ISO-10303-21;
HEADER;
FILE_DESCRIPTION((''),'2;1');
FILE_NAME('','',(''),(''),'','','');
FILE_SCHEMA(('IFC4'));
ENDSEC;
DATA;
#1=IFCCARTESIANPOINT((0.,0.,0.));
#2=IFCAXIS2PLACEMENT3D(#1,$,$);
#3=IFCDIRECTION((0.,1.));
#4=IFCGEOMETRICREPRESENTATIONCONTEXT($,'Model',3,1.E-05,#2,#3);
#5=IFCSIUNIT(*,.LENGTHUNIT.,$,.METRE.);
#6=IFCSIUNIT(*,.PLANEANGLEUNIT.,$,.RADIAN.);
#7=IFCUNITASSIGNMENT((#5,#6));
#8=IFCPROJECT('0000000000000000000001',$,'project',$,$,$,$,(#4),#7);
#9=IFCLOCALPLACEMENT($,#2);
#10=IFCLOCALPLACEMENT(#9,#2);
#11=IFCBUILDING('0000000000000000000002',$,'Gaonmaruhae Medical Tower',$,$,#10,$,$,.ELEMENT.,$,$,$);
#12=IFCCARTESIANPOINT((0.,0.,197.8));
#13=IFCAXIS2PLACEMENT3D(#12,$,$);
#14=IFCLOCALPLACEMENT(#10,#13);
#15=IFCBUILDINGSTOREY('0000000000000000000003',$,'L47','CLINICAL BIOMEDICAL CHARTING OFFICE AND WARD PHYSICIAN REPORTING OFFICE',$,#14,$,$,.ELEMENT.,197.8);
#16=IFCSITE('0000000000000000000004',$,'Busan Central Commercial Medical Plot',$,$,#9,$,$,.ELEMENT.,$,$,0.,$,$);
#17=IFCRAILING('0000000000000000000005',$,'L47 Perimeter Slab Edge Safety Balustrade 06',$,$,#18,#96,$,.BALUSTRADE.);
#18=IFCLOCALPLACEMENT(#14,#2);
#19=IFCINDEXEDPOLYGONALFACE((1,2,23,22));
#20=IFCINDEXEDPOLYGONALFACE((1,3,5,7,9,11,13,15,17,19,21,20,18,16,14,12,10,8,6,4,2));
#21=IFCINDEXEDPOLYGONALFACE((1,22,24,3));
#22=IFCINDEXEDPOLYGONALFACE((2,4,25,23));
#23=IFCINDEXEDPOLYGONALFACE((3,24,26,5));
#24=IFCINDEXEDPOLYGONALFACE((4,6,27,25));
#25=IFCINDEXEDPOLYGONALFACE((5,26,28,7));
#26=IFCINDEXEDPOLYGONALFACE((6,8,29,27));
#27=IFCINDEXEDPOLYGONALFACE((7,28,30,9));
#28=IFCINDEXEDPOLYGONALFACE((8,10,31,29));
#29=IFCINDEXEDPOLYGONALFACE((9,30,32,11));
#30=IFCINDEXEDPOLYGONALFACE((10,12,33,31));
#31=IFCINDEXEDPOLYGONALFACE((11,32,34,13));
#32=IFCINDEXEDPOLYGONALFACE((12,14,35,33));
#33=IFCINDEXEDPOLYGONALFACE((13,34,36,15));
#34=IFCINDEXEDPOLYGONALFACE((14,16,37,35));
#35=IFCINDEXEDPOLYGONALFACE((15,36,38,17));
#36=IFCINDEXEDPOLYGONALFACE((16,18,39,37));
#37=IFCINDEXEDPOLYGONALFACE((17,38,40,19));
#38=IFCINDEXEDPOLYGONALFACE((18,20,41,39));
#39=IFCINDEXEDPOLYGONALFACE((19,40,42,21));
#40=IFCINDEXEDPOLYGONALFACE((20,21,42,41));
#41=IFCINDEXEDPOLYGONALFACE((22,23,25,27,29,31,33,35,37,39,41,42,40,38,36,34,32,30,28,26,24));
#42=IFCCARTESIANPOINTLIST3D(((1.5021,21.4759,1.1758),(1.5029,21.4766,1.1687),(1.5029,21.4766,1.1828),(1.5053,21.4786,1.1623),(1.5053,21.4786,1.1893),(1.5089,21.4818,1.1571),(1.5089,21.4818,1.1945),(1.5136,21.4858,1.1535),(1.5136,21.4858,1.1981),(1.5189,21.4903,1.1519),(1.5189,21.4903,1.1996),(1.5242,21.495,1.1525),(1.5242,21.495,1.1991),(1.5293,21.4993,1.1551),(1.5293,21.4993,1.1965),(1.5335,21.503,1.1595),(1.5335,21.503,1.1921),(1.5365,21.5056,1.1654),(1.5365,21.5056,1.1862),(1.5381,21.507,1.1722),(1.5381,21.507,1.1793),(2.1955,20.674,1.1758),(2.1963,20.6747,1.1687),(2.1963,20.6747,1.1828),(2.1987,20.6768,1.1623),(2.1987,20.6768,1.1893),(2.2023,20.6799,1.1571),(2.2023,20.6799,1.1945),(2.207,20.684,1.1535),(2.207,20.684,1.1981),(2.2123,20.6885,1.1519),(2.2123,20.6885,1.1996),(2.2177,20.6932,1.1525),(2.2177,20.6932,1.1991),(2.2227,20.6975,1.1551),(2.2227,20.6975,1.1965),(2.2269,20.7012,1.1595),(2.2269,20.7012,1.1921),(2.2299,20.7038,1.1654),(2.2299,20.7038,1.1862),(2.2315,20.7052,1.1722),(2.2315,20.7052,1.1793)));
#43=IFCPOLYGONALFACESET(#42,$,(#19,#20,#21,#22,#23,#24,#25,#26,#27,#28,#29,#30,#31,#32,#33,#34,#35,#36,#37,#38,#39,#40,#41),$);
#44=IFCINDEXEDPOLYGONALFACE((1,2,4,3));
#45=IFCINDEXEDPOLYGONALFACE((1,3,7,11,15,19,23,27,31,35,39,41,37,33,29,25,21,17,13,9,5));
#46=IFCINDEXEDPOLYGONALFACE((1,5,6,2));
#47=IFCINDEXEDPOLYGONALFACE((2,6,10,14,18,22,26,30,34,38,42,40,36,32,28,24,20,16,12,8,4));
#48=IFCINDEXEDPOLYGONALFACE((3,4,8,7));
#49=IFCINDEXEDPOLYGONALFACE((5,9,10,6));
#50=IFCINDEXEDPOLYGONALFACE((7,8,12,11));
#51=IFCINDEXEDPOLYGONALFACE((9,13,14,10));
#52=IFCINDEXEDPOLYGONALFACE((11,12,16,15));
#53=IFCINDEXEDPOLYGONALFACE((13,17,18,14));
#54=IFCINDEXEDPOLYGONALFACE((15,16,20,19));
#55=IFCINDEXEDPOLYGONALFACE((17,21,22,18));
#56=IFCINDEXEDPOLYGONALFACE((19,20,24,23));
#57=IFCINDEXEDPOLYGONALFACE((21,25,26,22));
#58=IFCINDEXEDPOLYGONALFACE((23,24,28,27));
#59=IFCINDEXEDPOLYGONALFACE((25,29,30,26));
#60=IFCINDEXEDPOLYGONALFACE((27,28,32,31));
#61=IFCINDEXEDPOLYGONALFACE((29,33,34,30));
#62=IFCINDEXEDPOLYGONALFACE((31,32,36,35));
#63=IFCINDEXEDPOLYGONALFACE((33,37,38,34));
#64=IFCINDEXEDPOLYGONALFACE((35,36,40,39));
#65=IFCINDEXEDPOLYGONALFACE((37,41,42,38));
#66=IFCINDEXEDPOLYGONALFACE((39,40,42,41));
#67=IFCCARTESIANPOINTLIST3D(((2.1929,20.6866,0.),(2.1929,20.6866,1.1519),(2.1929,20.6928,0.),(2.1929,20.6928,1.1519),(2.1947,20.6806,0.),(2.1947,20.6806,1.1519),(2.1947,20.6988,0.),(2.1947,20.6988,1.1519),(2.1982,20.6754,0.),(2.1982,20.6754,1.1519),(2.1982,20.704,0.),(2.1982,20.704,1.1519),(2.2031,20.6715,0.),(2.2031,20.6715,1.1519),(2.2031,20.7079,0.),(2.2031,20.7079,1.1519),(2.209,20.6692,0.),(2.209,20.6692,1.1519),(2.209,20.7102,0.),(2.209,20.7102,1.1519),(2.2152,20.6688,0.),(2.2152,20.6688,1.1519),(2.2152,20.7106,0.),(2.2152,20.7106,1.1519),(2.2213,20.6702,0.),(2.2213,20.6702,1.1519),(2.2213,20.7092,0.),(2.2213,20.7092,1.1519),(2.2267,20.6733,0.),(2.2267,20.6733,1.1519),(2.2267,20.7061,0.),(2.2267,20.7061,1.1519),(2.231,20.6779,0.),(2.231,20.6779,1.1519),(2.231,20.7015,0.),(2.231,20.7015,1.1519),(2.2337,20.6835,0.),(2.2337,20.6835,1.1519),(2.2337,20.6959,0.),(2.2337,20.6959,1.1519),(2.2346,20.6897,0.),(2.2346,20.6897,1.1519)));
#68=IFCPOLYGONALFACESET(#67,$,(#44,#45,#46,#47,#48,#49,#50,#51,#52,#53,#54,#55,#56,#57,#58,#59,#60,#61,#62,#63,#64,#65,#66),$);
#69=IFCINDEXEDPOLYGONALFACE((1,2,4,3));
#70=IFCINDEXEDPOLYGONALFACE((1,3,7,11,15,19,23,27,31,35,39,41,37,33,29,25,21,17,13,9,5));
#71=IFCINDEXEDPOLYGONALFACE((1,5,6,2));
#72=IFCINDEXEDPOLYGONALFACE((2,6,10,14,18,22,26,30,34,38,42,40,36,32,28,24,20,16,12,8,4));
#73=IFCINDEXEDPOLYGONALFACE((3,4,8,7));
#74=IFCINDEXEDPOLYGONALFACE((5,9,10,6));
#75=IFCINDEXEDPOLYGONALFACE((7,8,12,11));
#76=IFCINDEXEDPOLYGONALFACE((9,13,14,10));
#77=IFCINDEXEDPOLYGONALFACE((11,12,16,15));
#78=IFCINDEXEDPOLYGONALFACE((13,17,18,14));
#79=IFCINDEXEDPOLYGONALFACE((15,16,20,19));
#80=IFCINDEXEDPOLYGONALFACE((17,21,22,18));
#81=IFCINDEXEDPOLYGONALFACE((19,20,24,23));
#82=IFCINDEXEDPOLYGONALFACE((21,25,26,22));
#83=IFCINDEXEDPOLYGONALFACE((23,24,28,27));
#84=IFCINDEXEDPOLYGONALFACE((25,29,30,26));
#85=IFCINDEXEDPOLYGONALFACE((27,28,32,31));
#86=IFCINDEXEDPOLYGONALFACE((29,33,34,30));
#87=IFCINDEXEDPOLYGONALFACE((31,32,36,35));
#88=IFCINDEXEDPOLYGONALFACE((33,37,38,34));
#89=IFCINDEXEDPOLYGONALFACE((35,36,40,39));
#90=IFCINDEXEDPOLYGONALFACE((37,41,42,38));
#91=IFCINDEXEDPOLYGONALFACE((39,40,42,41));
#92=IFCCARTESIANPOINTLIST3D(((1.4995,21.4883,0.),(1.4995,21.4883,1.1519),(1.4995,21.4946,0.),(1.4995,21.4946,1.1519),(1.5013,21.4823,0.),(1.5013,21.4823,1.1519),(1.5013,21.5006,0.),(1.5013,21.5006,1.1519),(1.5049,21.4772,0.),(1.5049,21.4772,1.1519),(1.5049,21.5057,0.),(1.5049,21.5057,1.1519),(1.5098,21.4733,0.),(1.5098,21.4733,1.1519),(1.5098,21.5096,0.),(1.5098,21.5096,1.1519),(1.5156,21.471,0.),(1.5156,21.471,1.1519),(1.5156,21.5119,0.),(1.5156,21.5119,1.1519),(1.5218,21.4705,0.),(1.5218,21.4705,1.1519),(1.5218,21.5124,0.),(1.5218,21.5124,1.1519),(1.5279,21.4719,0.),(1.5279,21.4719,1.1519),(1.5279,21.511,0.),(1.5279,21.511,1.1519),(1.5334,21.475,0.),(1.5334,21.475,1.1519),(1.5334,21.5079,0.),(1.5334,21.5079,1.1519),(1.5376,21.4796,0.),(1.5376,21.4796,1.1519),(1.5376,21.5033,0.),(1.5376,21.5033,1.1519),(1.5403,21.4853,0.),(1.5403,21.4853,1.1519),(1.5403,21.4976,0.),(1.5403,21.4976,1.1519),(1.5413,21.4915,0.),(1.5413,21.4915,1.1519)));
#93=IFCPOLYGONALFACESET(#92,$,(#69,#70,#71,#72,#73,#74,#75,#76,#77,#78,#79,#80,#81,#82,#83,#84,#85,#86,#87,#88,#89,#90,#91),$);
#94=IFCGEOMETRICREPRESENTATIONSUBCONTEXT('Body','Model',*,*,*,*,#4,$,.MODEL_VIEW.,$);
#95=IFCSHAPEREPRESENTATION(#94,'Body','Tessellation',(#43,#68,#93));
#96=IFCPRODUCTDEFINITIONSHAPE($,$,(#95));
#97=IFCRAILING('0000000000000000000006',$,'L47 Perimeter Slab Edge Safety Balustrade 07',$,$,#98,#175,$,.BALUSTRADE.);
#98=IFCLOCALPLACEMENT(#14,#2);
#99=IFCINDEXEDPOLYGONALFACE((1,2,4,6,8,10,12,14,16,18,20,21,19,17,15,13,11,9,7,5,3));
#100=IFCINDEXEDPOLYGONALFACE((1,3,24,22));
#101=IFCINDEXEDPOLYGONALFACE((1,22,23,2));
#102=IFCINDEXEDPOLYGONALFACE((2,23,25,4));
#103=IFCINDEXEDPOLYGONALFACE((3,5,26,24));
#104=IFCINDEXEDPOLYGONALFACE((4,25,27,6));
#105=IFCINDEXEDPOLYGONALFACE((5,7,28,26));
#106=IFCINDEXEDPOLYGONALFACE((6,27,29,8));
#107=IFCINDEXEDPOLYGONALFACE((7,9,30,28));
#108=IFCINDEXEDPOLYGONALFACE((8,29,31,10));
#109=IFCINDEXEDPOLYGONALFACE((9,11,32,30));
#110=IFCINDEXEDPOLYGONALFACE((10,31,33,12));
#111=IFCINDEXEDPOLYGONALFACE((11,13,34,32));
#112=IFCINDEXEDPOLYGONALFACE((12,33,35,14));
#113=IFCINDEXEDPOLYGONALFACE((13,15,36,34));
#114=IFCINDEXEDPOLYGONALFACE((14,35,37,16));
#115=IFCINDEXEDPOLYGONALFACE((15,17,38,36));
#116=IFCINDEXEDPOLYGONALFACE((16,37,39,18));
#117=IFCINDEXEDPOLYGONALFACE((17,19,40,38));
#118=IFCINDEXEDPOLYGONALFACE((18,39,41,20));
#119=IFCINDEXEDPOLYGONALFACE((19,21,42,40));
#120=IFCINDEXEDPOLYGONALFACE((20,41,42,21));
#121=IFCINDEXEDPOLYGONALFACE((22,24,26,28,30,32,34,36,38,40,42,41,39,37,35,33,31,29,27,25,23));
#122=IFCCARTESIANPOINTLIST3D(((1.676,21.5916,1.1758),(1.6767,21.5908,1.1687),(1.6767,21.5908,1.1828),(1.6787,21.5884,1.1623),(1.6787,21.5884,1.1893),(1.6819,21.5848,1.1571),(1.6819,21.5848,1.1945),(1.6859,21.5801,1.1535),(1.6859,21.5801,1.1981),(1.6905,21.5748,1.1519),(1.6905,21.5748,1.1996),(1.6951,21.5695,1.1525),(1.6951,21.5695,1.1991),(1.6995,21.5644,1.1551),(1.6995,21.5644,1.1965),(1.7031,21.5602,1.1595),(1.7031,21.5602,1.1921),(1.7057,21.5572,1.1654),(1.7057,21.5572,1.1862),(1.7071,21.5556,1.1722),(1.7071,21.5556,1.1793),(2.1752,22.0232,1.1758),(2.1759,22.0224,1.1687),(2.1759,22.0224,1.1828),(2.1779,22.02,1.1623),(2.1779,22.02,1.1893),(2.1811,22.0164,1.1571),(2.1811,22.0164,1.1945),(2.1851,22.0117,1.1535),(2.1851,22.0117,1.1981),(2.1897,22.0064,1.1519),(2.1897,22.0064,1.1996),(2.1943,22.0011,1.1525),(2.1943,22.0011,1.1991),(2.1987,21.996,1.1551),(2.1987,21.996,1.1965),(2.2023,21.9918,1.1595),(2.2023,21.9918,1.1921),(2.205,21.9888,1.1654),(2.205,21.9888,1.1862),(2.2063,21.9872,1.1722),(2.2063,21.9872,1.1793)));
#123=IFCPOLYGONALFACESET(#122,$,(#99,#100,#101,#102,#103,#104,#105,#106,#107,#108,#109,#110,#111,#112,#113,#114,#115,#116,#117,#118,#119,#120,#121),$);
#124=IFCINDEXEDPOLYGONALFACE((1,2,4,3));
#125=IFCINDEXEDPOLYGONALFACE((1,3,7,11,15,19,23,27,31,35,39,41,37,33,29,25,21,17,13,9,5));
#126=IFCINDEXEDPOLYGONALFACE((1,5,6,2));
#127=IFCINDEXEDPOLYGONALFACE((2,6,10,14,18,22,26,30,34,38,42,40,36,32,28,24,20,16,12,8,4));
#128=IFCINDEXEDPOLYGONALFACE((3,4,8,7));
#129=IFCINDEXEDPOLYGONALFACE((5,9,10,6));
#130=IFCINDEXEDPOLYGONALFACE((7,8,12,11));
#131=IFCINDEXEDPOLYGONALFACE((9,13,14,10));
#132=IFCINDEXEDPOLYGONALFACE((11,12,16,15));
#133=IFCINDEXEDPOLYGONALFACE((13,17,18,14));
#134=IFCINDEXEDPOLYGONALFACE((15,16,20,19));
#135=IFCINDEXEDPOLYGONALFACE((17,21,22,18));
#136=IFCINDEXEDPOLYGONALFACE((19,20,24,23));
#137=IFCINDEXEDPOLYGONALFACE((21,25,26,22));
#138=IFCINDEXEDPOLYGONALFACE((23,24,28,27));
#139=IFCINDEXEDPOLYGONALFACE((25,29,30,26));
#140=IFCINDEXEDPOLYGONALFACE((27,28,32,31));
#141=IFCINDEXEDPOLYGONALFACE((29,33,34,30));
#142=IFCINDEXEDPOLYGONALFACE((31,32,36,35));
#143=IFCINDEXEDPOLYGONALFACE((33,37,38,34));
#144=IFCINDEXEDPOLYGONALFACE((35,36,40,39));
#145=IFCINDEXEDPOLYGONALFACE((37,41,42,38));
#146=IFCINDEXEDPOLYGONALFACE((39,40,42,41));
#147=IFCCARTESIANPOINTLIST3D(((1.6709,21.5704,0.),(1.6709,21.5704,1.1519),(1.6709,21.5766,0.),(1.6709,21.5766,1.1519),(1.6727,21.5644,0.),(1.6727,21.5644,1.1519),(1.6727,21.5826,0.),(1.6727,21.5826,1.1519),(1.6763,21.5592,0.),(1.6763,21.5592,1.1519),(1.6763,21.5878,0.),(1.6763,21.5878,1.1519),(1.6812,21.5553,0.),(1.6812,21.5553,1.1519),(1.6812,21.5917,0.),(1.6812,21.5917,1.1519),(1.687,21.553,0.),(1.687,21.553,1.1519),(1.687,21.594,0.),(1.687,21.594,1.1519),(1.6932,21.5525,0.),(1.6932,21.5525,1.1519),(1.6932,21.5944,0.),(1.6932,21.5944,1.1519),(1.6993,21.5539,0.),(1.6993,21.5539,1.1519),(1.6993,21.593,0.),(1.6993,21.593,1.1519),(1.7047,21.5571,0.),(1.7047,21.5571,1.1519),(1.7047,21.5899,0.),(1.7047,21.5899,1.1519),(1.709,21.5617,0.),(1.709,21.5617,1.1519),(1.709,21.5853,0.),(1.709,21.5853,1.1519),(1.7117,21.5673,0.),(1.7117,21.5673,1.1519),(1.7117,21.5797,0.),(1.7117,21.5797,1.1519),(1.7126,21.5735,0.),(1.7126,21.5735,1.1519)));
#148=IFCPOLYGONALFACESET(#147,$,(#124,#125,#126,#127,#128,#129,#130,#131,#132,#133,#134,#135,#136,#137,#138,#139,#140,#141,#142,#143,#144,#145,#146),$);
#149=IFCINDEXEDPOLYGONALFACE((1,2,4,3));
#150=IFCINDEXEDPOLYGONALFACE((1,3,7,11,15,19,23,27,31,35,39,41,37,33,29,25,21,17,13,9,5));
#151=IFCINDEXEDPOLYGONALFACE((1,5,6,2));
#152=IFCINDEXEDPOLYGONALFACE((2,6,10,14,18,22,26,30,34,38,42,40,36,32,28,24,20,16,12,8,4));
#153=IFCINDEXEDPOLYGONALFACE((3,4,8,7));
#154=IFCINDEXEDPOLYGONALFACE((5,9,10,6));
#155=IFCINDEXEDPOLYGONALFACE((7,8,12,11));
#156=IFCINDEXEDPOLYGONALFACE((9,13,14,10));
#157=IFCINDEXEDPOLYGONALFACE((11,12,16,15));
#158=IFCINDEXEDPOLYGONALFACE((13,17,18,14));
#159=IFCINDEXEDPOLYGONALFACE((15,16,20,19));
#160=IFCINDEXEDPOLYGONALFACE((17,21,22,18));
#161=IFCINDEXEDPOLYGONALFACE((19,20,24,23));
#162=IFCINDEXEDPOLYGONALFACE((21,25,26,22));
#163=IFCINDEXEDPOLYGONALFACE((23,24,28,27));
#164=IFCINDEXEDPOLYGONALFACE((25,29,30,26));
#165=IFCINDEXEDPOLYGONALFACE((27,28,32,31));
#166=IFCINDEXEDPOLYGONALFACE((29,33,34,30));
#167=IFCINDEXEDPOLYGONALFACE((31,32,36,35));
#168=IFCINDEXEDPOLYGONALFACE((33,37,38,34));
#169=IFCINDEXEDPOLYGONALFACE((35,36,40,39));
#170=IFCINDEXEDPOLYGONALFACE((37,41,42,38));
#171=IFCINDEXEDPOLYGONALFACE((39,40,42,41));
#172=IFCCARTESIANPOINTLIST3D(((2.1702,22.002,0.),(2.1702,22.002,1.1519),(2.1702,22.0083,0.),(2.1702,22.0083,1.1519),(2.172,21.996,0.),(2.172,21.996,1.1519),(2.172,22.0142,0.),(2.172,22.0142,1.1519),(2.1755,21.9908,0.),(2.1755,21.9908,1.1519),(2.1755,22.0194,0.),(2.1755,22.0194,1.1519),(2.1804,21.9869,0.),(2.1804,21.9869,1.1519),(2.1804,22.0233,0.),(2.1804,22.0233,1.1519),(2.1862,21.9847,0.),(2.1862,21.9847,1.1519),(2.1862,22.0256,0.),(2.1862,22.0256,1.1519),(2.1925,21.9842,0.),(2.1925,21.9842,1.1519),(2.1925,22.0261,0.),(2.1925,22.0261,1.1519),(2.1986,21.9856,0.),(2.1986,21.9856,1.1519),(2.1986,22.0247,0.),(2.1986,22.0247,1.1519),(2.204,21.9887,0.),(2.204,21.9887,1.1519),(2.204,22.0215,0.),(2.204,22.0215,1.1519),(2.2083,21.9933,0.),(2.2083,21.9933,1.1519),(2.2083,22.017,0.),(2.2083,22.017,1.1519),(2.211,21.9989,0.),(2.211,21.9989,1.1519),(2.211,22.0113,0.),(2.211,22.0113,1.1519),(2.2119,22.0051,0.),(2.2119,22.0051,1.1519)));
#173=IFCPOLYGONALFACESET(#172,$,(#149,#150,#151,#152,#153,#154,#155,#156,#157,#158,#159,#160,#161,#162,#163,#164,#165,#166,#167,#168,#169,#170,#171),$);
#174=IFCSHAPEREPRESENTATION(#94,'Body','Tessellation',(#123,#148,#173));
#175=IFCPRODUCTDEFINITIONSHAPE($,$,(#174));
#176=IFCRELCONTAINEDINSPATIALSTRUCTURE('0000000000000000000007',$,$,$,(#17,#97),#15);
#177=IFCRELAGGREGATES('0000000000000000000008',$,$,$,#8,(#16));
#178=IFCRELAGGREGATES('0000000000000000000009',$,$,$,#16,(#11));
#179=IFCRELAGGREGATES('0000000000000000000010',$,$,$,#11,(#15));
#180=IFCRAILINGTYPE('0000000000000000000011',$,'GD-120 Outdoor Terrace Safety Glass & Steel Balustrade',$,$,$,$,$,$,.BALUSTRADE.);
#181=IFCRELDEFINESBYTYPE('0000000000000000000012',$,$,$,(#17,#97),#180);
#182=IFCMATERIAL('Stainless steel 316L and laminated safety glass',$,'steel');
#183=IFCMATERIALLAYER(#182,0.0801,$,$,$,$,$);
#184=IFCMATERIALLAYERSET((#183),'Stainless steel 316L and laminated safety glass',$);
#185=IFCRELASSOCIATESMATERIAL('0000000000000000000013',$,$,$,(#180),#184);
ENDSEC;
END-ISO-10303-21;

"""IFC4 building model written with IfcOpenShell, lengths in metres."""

from ifc_helpers import new_model, si_unit, direction, frame, origin, origin_2d, place, context, subcontext, project, spatial, circle, extrude, material, layer, layer_set, type_object, element, save


model = new_model("IFC4")

# Units and contexts
model_context = context("Model", 3, precision=1e-05, world=origin(), true_north=direction((0.0, 1.0)))
body_context = subcontext(model_context, "Body", "Model", "MODEL_VIEW")
ifc_project = project(units=[si_unit("LENGTHUNIT", "METRE"), si_unit("PLANEANGLEUNIT", "RADIAN")], contexts=[model_context])

# Site, building, storey
site_placement = place(None, origin())
site = spatial("IfcSite", under=ifc_project, at=site_placement, Name="Busan Central Commercial Medical Plot", CompositionType="ELEMENT", RefElevation=0.0)
building_placement = place(site_placement, origin())
building = spatial("IfcBuilding", under=site, at=building_placement, Name="Gaonmaruhae Medical Tower", CompositionType="ELEMENT")
storey_placement = place(building_placement, frame((0.0, 0.0, 197.8)))
storey = spatial("IfcBuildingStorey", under=building, at=storey_placement, Name="L47", Description="CLINICAL BIOMEDICAL CHARTING OFFICE AND WARD PHYSICIAN REPORTING OFFICE", CompositionType="ELEMENT", Elevation=197.8)

# Railings
ifc_material_1 = material(Name="Stainless steel 316L and laminated safety glass", Category="steel")
ifc_layer_1 = layer(ifc_material_1, 0.0801)
ifc_layer_set_1 = layer_set([ifc_layer_1], Name="Stainless steel 316L and laminated safety glass")
railing_type = type_object("IfcRailingType", Name="GD-120 Outdoor Terrace Safety Glass & Steel Balustrade", PredefinedType="BALUSTRADE", material=ifc_layer_set_1)
railing_1_placement = place(storey_placement, frame((2.2136, 20.6897, 0.0)))
element("IfcRailing", 1, at=railing_1_placement, inside=storey, type_object=railing_type, Name="L47 Perimeter Slab Edge Safety Balustrade 06", PredefinedType="BALUSTRADE", context=body_context, shape_type="SweptSolid", body=[
    extrude(circle(Radius=0.0239, at=origin_2d()), frame((0.0, 0.0, 1.1758), z_axis=(-0.654123, 0.756388, 0.0), x_axis=(-0.756388, -0.654123, 0.0)), (0.0, 0.0, 1.0), 1.0601),
    extrude(circle(Radius=0.021, at=origin_2d()), origin(), (0.0, 0.0, 1.0), 1.1519),
    extrude(circle(Radius=0.021, at=origin_2d()), frame((-0.6934, 0.8018, 0.0)), (0.0, 0.0, 1.0), 1.1519),
])
railing_2_placement = place(storey_placement, frame((1.6917, 21.5735, 0.0)))
element("IfcRailing", 2, at=railing_2_placement, inside=storey, type_object=railing_type, Name="L47 Perimeter Slab Edge Safety Balustrade 07", PredefinedType="BALUSTRADE", context=body_context, shape_type="SweptSolid", body=[
    extrude(circle(Radius=0.0239, at=origin_2d()), frame((0.0, 0.0, 1.1758), z_axis=(0.756482, 0.654015, 0.0), x_axis=(-0.654015, 0.756482, 0.0)), (0.0, 0.0, 1.0), 0.6599),
    extrude(circle(Radius=0.021, at=origin_2d()), origin(), (0.0, 0.0, 1.0), 1.1519),
    extrude(circle(Radius=0.021, at=origin_2d()), frame((0.4993, 0.4316, 0.0)), (0.0, 0.0, 1.0), 1.1519),
])

save(model, "model.ifc")
